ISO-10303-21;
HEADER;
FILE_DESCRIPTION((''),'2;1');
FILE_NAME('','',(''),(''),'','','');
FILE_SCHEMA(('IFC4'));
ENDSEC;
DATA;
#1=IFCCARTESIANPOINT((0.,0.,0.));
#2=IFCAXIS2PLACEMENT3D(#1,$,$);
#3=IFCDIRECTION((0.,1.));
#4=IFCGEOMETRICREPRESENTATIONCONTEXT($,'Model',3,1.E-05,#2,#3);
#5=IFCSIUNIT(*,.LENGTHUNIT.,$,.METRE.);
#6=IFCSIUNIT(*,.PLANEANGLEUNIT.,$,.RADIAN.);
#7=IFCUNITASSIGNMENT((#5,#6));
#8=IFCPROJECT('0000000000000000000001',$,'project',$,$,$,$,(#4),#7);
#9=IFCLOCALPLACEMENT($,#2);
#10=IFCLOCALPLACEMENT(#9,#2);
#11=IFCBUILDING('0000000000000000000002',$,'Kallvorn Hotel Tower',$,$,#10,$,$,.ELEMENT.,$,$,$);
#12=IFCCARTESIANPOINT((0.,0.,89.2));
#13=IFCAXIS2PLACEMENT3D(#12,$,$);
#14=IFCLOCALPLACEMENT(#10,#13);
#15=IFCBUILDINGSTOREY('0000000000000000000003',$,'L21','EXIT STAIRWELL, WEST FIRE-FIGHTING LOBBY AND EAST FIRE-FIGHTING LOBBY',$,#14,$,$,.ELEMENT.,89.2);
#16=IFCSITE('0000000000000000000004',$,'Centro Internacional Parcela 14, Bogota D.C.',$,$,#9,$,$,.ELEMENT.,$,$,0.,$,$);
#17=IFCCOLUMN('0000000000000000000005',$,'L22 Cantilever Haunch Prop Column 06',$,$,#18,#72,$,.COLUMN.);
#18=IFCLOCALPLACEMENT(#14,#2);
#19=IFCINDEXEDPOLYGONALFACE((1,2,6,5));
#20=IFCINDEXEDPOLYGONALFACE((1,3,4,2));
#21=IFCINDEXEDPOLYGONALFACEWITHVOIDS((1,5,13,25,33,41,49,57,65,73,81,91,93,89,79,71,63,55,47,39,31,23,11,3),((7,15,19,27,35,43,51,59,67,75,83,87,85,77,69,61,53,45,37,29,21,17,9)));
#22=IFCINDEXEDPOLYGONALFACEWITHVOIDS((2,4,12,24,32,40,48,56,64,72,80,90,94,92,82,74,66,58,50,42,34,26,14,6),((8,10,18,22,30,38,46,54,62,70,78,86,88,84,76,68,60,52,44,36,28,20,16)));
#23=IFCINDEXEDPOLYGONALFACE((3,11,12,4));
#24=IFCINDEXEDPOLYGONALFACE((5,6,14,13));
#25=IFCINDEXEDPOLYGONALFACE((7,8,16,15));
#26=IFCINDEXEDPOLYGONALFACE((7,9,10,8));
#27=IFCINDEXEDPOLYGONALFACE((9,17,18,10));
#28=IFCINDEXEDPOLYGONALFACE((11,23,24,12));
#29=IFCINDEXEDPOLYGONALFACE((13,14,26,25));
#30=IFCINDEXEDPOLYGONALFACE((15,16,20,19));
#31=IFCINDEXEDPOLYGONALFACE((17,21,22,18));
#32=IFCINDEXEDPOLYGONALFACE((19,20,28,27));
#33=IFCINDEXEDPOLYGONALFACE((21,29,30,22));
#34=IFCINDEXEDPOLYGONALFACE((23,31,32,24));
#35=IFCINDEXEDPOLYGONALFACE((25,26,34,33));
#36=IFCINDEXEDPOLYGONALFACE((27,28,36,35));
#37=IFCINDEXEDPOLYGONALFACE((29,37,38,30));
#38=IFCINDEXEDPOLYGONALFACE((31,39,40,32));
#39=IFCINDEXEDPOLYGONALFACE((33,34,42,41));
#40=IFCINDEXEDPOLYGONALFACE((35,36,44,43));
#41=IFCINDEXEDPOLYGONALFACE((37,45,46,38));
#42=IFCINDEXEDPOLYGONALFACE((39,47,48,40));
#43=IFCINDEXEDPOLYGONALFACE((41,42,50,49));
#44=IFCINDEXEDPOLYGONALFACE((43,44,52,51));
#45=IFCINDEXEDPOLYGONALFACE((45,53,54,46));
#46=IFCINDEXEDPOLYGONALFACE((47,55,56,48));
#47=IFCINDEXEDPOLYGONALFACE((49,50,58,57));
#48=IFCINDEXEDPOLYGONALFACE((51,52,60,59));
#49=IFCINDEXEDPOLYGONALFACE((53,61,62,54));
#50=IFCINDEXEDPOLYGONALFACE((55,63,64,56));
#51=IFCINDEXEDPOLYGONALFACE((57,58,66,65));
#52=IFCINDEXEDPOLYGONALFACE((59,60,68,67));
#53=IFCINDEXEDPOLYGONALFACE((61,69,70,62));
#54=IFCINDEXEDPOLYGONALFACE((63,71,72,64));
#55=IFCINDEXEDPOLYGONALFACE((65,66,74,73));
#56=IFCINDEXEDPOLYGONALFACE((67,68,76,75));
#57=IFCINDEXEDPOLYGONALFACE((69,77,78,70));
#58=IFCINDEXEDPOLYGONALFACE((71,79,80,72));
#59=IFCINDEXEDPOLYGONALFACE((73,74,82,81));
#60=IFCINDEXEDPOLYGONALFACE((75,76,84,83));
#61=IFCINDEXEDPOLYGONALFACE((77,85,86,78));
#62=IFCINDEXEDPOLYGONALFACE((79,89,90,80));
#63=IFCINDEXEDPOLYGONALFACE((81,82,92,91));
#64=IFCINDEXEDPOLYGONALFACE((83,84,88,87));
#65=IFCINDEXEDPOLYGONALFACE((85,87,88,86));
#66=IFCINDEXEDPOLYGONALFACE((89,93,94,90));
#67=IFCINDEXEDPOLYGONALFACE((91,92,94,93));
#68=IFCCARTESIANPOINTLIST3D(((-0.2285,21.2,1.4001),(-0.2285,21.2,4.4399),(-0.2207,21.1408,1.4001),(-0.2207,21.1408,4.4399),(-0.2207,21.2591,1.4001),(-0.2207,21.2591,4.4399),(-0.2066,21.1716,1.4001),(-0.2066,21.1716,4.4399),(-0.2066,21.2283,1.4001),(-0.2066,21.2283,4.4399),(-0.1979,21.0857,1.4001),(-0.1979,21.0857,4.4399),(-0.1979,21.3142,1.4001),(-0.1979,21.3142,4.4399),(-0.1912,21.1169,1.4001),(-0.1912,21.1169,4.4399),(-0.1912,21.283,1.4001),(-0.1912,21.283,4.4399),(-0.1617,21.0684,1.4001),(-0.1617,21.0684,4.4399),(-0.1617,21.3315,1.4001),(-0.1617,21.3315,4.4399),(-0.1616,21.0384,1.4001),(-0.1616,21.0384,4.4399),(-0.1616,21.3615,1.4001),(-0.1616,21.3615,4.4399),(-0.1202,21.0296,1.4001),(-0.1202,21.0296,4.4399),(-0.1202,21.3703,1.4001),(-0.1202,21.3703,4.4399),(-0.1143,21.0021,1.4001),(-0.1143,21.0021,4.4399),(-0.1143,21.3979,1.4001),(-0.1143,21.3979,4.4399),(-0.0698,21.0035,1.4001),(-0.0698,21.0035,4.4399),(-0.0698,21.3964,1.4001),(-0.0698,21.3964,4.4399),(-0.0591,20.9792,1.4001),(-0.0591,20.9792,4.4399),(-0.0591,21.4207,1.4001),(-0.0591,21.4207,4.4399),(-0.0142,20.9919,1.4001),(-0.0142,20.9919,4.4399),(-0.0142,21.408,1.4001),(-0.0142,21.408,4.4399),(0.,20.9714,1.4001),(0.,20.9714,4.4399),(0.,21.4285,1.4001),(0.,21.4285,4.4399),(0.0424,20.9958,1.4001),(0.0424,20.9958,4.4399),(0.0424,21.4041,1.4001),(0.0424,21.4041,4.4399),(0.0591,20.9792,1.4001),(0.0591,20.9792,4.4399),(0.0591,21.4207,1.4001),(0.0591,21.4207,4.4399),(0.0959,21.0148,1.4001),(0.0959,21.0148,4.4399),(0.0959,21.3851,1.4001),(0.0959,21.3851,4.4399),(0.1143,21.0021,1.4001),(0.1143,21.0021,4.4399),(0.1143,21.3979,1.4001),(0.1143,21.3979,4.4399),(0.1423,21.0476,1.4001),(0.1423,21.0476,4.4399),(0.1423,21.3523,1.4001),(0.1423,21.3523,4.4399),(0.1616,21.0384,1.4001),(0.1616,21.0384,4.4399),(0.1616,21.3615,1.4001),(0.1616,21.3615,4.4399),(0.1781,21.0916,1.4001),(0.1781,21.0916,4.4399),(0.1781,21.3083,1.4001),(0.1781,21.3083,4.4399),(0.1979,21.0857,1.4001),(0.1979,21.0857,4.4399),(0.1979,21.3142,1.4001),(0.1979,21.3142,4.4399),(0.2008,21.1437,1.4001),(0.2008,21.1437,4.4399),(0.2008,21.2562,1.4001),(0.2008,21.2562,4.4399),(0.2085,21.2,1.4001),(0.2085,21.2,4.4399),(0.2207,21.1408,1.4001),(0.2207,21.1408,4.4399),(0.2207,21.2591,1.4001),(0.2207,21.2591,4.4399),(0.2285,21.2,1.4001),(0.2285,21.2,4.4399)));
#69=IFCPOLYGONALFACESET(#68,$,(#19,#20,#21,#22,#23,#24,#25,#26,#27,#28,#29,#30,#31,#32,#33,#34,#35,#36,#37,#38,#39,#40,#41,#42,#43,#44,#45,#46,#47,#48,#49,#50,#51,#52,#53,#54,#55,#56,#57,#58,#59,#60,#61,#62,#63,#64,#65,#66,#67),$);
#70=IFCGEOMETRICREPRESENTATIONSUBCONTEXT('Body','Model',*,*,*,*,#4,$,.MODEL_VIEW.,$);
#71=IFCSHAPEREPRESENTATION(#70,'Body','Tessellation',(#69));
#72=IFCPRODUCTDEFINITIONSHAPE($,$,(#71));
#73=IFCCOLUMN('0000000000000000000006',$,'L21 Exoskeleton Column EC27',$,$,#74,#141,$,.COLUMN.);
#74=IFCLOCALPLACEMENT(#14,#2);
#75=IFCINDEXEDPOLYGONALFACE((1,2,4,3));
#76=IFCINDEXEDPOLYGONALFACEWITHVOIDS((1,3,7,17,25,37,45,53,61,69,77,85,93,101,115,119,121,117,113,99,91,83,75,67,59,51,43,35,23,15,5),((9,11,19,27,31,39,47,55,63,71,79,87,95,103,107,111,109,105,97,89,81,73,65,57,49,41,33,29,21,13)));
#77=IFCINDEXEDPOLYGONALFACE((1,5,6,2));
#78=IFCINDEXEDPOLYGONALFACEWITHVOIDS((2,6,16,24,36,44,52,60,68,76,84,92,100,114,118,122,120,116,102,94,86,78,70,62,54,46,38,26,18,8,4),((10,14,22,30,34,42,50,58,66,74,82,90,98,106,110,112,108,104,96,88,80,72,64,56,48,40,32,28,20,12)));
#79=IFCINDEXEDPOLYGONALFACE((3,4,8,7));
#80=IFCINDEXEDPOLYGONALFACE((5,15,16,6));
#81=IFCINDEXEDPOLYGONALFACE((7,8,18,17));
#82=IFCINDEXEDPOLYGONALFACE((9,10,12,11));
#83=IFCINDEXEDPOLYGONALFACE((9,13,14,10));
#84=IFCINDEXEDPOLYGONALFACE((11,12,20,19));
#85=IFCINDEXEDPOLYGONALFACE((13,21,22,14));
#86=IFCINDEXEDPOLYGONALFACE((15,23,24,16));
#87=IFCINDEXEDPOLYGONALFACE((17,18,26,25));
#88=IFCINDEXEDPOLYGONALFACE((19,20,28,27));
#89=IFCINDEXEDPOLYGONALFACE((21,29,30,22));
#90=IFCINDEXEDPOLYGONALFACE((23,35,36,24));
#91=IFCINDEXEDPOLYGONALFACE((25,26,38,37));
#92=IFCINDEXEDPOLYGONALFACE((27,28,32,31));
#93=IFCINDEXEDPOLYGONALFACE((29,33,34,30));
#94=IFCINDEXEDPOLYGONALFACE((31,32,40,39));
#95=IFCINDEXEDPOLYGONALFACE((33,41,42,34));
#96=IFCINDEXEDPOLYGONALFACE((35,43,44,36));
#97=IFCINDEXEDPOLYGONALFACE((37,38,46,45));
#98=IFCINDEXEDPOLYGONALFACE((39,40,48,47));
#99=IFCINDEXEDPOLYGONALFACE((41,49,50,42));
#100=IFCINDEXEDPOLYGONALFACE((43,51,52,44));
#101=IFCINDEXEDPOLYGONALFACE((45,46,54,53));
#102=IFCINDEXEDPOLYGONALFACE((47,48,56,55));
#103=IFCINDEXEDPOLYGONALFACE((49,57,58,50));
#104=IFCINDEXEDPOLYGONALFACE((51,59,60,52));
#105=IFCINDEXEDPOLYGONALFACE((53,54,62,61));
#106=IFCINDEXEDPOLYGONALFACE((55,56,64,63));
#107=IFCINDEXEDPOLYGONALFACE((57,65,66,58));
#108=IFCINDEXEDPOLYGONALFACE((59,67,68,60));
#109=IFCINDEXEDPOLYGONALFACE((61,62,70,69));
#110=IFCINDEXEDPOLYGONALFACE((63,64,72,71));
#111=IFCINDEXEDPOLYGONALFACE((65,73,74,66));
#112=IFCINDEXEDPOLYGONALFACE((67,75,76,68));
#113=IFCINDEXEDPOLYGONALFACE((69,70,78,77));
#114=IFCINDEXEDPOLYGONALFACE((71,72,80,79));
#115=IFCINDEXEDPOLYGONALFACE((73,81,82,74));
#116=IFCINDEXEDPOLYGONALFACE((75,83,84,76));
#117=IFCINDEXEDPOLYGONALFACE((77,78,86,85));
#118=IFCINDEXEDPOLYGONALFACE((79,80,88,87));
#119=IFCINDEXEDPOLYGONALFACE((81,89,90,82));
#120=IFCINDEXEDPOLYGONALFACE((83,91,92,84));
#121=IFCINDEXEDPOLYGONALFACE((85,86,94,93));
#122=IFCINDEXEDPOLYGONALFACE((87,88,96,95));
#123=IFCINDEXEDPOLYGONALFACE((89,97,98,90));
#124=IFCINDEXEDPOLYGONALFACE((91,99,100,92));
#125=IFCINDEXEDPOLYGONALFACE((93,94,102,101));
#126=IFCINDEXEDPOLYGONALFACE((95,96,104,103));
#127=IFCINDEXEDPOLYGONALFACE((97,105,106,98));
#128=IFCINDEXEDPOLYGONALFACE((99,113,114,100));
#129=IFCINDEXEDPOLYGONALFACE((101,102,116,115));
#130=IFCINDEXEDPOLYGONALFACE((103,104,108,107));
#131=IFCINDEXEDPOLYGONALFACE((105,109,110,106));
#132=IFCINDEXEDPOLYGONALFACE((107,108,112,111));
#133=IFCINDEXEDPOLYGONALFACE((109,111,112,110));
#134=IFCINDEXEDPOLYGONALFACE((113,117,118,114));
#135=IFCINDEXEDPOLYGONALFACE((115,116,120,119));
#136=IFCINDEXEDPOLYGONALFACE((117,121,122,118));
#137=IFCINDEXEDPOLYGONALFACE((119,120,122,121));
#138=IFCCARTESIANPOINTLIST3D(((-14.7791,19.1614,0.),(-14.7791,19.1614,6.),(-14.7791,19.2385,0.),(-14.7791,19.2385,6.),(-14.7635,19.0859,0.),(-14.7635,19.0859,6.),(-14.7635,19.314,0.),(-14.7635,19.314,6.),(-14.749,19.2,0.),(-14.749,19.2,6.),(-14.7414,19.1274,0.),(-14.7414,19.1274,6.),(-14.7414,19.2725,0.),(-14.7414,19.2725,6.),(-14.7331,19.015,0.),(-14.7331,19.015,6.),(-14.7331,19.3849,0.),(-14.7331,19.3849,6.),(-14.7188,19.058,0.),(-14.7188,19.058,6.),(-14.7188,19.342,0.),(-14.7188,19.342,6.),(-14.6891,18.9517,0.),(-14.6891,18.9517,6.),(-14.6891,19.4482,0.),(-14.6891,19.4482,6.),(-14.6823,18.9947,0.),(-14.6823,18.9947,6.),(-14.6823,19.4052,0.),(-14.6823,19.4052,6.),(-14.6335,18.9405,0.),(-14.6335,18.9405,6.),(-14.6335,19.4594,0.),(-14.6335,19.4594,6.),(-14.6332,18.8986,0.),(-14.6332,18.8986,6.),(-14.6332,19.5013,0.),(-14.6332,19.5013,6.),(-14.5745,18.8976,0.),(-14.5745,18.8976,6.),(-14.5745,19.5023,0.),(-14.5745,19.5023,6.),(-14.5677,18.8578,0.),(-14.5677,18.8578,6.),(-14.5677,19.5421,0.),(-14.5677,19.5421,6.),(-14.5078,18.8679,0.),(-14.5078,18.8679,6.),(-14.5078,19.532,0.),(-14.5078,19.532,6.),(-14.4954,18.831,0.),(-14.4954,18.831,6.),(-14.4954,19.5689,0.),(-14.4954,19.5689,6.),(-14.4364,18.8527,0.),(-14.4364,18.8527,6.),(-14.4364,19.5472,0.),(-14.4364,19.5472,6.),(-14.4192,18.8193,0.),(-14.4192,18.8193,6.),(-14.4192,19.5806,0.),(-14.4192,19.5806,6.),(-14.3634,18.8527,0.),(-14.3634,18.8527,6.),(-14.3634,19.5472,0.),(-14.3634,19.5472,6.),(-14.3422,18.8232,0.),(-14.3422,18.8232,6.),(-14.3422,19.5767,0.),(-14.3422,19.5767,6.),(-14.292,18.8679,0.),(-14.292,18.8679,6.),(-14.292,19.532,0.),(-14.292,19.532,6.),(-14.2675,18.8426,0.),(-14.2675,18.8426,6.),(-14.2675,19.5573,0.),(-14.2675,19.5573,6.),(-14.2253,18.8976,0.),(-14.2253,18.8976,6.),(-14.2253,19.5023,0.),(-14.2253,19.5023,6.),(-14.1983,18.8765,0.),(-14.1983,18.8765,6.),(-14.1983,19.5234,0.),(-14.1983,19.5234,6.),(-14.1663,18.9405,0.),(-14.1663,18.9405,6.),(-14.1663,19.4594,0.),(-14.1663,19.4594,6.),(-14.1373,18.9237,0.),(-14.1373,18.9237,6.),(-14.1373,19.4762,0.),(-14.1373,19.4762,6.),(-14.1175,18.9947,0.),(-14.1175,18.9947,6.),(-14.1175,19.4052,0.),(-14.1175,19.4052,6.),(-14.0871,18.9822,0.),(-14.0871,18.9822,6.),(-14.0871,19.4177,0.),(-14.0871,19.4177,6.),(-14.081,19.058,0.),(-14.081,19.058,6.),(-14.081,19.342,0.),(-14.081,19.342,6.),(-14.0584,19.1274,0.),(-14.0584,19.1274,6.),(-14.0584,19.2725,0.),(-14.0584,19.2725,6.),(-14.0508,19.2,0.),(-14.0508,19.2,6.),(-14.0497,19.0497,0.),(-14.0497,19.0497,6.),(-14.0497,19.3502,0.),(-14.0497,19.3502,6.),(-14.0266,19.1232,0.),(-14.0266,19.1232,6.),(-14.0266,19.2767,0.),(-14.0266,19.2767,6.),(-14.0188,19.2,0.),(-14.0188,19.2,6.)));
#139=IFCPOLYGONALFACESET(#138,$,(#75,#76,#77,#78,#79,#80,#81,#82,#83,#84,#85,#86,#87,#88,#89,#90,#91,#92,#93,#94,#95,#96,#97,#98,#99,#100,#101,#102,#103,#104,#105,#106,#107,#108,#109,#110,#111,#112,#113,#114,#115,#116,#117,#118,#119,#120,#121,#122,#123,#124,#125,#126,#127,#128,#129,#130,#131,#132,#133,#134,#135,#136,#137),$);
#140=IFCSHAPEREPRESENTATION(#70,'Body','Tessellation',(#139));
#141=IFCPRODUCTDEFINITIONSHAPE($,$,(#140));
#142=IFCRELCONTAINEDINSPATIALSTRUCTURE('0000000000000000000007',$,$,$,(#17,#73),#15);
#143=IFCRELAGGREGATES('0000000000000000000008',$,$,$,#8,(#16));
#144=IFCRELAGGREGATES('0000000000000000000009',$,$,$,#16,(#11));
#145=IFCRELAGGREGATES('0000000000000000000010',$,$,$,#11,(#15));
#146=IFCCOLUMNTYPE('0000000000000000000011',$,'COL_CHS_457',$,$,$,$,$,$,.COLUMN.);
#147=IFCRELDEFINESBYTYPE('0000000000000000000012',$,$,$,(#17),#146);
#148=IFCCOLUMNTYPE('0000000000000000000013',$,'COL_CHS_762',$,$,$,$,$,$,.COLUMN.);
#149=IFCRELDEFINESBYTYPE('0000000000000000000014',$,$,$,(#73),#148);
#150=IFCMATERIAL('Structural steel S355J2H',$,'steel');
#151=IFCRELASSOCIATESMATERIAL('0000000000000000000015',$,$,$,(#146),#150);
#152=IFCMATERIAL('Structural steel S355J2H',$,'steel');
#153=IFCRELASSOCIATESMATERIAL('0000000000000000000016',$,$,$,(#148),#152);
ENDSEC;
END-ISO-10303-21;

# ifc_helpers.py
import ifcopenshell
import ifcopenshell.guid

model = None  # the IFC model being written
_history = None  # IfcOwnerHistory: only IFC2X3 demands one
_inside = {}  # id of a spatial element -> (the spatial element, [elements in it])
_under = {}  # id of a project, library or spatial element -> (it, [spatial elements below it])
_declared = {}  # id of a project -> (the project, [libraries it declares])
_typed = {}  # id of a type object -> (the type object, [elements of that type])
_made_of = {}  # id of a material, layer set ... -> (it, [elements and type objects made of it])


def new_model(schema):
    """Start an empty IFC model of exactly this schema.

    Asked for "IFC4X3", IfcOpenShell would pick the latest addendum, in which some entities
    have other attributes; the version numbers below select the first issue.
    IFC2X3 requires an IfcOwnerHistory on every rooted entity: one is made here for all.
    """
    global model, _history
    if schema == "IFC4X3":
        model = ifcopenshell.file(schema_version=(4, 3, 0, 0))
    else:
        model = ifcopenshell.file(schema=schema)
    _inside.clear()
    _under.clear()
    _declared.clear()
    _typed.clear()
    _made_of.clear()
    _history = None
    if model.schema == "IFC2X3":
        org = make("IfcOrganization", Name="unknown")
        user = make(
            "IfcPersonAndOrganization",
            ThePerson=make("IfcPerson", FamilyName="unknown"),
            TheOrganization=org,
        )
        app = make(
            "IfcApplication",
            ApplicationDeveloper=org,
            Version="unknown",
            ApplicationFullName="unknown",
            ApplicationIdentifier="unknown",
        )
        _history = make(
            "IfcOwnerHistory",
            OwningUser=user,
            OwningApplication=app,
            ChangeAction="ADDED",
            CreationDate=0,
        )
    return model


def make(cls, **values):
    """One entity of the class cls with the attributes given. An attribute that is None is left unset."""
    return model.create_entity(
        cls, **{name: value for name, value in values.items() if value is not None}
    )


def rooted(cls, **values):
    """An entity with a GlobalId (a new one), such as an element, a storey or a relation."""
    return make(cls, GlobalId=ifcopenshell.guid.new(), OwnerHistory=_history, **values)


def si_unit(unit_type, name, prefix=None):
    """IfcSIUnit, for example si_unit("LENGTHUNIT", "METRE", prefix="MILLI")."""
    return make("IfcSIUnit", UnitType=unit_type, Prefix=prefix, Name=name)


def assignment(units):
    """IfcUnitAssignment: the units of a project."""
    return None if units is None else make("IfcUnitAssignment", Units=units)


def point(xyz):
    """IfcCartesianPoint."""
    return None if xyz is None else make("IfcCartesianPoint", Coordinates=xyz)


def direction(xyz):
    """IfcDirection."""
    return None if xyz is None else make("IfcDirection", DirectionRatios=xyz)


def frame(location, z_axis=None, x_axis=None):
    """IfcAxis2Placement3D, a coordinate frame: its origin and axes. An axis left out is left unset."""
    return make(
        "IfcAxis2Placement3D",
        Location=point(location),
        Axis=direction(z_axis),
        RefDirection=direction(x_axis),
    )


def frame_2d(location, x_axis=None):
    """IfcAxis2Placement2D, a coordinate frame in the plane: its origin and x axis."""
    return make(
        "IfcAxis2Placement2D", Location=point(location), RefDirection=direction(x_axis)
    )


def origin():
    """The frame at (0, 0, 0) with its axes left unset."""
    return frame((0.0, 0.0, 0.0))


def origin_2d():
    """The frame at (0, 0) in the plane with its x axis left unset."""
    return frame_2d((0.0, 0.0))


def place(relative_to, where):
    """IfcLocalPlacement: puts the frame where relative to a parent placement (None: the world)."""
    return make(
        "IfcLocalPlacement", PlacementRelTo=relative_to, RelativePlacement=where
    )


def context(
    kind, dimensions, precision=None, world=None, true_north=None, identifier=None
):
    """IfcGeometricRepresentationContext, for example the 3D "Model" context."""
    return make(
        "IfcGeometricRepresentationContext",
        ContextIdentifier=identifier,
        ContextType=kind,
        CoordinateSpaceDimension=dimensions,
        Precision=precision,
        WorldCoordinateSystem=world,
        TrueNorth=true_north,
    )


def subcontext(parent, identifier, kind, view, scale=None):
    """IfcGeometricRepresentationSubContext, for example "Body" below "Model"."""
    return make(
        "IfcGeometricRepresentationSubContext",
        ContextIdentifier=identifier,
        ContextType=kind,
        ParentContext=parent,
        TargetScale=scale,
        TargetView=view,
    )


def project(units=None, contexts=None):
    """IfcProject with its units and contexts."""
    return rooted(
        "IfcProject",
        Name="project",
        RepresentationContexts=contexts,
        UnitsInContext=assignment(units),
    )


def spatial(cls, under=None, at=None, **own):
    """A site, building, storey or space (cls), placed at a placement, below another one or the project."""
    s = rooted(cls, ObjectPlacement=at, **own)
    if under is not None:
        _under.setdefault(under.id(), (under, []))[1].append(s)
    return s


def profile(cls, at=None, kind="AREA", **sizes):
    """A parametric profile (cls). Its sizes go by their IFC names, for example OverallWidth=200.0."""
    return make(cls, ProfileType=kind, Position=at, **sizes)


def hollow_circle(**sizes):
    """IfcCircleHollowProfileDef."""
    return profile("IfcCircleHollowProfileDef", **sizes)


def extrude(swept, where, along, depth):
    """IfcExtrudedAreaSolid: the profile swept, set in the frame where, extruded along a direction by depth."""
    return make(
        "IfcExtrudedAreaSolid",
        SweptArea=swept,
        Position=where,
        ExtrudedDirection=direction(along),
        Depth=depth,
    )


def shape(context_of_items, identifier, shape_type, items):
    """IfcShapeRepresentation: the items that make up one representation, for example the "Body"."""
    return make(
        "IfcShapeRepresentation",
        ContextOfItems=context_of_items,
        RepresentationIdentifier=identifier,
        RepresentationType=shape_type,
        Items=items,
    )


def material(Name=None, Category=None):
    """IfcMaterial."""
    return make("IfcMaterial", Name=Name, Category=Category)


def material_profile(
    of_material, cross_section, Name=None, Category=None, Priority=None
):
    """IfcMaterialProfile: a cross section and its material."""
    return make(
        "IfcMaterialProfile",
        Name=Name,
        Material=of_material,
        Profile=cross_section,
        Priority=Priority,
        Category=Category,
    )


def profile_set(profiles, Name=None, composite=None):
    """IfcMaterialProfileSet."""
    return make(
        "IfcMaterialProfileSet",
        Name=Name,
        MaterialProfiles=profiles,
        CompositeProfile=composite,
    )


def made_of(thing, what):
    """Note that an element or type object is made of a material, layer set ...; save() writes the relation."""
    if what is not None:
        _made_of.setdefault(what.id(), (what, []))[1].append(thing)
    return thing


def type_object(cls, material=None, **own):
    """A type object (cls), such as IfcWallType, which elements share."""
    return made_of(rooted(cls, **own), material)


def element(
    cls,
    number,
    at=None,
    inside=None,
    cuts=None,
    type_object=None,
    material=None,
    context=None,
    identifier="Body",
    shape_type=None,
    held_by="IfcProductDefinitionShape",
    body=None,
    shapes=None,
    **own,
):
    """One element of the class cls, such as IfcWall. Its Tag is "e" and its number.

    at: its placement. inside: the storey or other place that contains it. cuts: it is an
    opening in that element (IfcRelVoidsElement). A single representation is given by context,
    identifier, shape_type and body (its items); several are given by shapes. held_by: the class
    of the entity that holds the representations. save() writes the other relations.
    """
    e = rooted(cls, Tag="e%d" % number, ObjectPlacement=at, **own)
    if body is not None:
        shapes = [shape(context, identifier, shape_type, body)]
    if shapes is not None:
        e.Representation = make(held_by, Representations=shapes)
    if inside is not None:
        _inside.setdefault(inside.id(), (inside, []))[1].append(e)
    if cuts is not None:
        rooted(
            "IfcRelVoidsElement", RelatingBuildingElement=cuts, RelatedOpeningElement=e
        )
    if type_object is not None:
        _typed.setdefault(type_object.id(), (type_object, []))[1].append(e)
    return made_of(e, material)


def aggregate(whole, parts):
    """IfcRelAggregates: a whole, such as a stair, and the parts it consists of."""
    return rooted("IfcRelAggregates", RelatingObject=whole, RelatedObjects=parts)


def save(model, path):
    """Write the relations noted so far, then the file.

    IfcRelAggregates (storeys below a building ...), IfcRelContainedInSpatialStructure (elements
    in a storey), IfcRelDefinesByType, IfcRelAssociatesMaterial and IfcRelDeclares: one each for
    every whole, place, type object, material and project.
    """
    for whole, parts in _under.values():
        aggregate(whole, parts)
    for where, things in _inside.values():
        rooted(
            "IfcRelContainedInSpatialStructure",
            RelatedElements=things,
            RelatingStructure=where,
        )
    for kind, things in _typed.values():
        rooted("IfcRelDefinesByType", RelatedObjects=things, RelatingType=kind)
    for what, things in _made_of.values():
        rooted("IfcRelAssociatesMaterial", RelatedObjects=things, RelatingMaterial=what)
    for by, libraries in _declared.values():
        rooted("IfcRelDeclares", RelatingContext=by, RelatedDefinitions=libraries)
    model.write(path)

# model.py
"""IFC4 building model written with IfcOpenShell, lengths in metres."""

from ifc_helpers import new_model, si_unit, direction, frame, origin, origin_2d, place, context, subcontext, project, spatial, hollow_circle, extrude, material, material_profile, profile_set, type_object, element, save


model = new_model("IFC4")

# Units and contexts
model_context = context("Model", 3, precision=1e-05, world=origin(), true_north=direction((0.0, 1.0)))
body_context = subcontext(model_context, "Body", "Model", "MODEL_VIEW")
ifc_project = project(units=[si_unit("LENGTHUNIT", "METRE"), si_unit("PLANEANGLEUNIT", "RADIAN")], contexts=[model_context])

# Site, building, storey
site_placement = place(None, origin())
site = spatial("IfcSite", under=ifc_project, at=site_placement, Name="Centro Internacional Parcela 14, Bogota D.C.", CompositionType="ELEMENT", RefElevation=0.0)
building_placement = place(site_placement, origin())
building = spatial("IfcBuilding", under=site, at=building_placement, Name="Kallvorn Hotel Tower", CompositionType="ELEMENT")
storey_placement = place(building_placement, frame((0.0, 0.0, 89.2)))
storey = spatial("IfcBuildingStorey", under=building, at=storey_placement, Name="L21", Description="EXIT STAIRWELL, WEST FIRE-FIGHTING LOBBY AND EAST FIRE-FIGHTING LOBBY", CompositionType="ELEMENT", Elevation=89.2)

# Columns
ifc_material_1 = material(Name="Structural steel S355J2H", Category="steel")
ifc_material_profile_1 = material_profile(ifc_material_1, hollow_circle(Radius=0.2285, WallThickness=0.02, at=origin_2d()), Name="CHS 457x20")
ifc_profile_set_1 = profile_set([ifc_material_profile_1], Name="Structural steel S355J2H")
column_type_1 = type_object("IfcColumnType", Name="COL_CHS_457", PredefinedType="COLUMN", material=ifc_profile_set_1)
for number, where, z_axis, x_axis, name in (
    (1, (0.0, 21.2, 1.4001), (0.0, 0.0, 1.0), (1.0, 0.0, 0.0), "L22 Cantilever Haunch Prop Column 06"),
):
    element("IfcColumn", number, at=place(storey_placement, frame(where, z_axis=z_axis, x_axis=x_axis)), inside=storey, type_object=column_type_1, Name=name, PredefinedType="COLUMN", context=body_context, shape_type="SweptSolid", body=[
        extrude(hollow_circle(Radius=0.2285, WallThickness=0.02, at=origin_2d()), origin(), (0.0, 0.0, 1.0), 3.0398),
    ])
ifc_material_2 = material(Name="Structural steel S355J2H", Category="steel")
ifc_material_profile_2 = material_profile(ifc_material_2, hollow_circle(Radius=0.3811, WallThickness=0.032, at=origin_2d()), Name="CHS 762x32")
ifc_profile_set_2 = profile_set([ifc_material_profile_2], Name="Structural steel S355J2H")
column_type_2 = type_object("IfcColumnType", Name="COL_CHS_762", PredefinedType="COLUMN", material=ifc_profile_set_2)
for number, where, z_axis, x_axis, name in (
    (2, (-14.3999, 19.2, 0.0), (0.0, 0.0, 1.0), (1.0, 0.0, 0.0), "L21 Exoskeleton Column EC27"),
):
    element("IfcColumn", number, at=place(storey_placement, frame(where, z_axis=z_axis, x_axis=x_axis)), inside=storey, type_object=column_type_2, Name=name, PredefinedType="COLUMN", context=body_context, shape_type="SweptSolid", body=[
        extrude(hollow_circle(Radius=0.3811, WallThickness=0.032, at=origin_2d()), origin(), (0.0, 0.0, 1.0), 6.0),
    ])

save(model, "model.ifc")
